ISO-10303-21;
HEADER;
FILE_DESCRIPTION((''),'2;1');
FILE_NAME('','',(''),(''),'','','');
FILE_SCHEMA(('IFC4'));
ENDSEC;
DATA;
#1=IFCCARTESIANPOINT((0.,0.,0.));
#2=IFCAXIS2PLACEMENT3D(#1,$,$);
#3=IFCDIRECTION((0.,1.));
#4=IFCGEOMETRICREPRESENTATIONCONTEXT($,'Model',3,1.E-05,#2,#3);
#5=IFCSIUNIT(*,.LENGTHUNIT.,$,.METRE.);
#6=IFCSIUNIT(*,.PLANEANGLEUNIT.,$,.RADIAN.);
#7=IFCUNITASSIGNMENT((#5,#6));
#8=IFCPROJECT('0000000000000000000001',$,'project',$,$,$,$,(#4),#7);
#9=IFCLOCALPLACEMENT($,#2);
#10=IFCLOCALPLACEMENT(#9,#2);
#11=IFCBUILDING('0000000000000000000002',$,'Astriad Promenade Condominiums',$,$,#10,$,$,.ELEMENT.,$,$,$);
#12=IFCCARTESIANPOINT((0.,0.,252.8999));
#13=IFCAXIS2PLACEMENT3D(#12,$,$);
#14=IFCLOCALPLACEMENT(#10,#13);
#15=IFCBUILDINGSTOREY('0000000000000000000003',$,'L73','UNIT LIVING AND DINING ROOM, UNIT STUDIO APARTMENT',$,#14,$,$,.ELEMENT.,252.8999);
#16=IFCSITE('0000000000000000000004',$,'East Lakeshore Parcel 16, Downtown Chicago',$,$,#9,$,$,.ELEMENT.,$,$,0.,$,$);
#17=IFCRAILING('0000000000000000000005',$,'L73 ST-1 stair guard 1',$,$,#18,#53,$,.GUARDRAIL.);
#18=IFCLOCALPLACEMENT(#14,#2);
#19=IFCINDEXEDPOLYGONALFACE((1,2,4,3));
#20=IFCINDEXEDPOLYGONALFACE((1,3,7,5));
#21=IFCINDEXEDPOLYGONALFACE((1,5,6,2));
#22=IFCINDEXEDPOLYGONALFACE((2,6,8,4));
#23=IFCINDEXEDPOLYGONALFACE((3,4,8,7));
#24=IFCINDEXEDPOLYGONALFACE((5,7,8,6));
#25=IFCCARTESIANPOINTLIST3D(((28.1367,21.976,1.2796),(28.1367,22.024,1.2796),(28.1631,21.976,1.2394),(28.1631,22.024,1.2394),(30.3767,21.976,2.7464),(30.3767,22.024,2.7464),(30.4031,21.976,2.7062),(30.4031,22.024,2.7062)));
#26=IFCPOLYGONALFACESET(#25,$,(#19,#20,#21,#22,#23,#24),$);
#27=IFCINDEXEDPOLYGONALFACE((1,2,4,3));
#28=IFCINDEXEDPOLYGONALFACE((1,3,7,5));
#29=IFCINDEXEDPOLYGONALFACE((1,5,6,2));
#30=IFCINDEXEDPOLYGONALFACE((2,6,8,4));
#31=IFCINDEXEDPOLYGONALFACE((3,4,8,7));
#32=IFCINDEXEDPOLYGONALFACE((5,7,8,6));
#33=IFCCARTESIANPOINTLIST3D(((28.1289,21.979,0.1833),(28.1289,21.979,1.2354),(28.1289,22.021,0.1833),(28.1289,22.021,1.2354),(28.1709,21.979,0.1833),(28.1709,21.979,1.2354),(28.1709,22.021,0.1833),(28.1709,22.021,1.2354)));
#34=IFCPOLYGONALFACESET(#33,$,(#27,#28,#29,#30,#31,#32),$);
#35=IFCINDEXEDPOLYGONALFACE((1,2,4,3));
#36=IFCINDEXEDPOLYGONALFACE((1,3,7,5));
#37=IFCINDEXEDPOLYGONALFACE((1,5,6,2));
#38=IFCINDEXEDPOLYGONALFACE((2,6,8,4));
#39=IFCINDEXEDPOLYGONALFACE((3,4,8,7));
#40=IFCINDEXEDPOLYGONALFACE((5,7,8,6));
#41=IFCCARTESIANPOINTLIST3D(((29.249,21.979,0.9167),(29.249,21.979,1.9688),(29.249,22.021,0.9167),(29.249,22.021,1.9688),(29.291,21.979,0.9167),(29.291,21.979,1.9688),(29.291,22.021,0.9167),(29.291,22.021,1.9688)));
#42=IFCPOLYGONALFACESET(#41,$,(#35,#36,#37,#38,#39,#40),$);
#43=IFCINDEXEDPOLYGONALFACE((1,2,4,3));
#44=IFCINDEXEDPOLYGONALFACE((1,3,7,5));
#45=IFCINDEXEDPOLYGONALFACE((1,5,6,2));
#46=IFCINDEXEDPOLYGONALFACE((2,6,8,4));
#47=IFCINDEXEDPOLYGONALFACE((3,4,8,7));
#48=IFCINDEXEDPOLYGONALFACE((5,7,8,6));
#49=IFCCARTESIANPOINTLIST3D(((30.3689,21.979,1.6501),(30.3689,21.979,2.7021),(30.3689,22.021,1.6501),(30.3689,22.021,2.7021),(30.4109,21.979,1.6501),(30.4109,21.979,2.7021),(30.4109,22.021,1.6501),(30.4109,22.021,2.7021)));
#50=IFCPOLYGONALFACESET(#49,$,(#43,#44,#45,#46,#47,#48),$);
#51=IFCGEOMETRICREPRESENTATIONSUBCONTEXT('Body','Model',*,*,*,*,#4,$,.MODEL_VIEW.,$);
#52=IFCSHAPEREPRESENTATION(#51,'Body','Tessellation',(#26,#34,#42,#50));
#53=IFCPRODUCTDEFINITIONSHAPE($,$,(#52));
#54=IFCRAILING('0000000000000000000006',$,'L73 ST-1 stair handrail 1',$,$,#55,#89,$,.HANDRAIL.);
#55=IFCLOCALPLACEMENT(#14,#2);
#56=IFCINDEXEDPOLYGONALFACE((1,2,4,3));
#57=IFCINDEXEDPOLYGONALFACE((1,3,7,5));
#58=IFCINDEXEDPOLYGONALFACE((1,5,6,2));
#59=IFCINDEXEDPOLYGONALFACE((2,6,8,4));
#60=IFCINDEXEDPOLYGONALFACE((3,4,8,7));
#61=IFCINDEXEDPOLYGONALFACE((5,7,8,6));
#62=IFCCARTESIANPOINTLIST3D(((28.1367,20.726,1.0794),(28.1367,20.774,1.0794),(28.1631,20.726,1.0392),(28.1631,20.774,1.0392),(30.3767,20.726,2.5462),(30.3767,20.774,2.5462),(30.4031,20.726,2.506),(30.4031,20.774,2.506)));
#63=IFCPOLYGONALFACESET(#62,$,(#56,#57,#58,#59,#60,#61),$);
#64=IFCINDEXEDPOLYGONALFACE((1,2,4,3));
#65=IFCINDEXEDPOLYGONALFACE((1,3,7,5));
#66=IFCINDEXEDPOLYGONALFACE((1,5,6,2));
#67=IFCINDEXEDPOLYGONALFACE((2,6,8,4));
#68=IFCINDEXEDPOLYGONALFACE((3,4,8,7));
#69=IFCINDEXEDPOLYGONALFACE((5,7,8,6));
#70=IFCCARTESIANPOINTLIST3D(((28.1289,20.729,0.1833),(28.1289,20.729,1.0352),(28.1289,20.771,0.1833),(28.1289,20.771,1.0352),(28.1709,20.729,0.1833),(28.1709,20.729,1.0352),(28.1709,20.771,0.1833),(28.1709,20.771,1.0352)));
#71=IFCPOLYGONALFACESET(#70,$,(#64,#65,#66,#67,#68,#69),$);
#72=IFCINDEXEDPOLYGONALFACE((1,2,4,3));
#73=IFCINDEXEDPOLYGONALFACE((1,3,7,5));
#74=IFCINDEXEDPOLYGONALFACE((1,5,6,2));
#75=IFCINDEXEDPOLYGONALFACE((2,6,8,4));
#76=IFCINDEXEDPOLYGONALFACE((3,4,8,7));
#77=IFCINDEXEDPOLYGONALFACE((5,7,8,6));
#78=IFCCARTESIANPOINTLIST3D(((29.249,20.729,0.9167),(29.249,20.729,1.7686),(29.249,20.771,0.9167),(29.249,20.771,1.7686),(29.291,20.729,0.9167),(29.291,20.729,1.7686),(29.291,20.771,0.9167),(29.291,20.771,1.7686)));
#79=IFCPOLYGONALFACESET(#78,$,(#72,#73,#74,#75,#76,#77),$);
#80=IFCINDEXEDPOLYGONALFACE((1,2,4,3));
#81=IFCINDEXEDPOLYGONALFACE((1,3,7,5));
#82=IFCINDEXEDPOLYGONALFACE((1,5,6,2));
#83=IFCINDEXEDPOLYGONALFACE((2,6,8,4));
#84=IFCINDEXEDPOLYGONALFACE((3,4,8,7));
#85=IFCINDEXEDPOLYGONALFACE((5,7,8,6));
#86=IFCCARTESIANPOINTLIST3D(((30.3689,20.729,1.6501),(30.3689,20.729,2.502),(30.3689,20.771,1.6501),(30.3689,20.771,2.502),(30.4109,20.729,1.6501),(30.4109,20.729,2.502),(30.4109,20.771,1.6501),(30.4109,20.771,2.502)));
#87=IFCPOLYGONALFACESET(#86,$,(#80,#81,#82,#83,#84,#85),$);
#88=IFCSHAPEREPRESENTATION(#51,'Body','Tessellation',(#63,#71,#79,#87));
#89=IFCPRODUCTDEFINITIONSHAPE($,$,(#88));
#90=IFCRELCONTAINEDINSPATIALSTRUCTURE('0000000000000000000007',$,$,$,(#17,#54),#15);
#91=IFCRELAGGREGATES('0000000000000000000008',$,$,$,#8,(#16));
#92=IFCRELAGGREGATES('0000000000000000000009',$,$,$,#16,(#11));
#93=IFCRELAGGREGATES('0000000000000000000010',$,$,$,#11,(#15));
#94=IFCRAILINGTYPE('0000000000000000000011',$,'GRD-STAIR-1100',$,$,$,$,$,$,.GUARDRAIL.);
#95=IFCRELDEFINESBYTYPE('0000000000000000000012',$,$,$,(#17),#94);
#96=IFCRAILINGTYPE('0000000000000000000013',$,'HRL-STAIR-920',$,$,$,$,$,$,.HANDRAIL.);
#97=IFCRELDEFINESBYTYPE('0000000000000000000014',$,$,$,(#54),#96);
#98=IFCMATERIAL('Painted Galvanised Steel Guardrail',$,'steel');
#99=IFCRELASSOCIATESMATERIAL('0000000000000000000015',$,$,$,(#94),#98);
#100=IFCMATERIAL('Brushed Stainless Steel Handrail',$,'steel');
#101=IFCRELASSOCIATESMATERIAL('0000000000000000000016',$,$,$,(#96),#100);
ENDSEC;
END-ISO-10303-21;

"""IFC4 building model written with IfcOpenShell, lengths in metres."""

from ifc_helpers import new_model, si_unit, direction, frame, origin, origin_2d, place, context, subcontext, project, spatial, rectangle, extrude, source, transform, mapped, material, type_object, element, save


model = new_model("IFC4")

# Units and contexts
model_context = context("Model", 3, precision=1e-05, world=origin(), true_north=direction((0.0, 1.0)))
body_context = subcontext(model_context, "Body", "Model", "MODEL_VIEW")
ifc_project = project(units=[si_unit("LENGTHUNIT", "METRE"), si_unit("PLANEANGLEUNIT", "RADIAN")], contexts=[model_context])

# Site, building, storey
site_placement = place(None, origin())
site = spatial("IfcSite", under=ifc_project, at=site_placement, Name="East Lakeshore Parcel 16, Downtown Chicago", CompositionType="ELEMENT", RefElevation=0.0)
building_placement = place(site_placement, origin())
building = spatial("IfcBuilding", under=site, at=building_placement, Name="Astriad Promenade Condominiums", CompositionType="ELEMENT")
storey_placement = place(building_placement, frame((0.0, 0.0, 252.8999)))
storey = spatial("IfcBuildingStorey", under=building, at=storey_placement, Name="L73", Description="UNIT LIVING AND DINING ROOM, UNIT STUDIO APARTMENT", CompositionType="ELEMENT", Elevation=252.8999)

# Railings
ifc_material_1 = material(Name="Painted Galvanised Steel Guardrail", Category="steel")
railing_type_1 = type_object("IfcRailingType", Name="GRD-STAIR-1100", PredefinedType="GUARDRAIL", material=ifc_material_1)
ifc_material_2 = material(Name="Brushed Stainless Steel Handrail", Category="steel")
railing_type_2 = type_object("IfcRailingType", Name="HRL-STAIR-920", PredefinedType="HANDRAIL", material=ifc_material_2)
shared_shape_1 = source(origin(), body_context, "Body", "SweptSolid", [
    extrude(rectangle(XDim=0.0481, YDim=0.0481, at=origin_2d()), frame((0.0, 0.0, 1.0762), z_axis=(0.836595, 0.0, 0.547822), x_axis=(0.0, 1.0, 0.0)), (0.0, 0.0, 1.0), 2.6775),
    extrude(rectangle(XDim=0.042, YDim=0.042, at=origin_2d()), origin(), (0.0, 0.0, 1.0), 1.052),
    extrude(rectangle(XDim=0.042, YDim=0.042, at=origin_2d()), frame((1.1201, 0.0, 0.7334)), (0.0, 0.0, 1.0), 1.052),
    extrude(rectangle(XDim=0.042, YDim=0.042, at=origin_2d()), frame((2.24, 0.0, 1.4668)), (0.0, 0.0, 1.0), 1.052),
])
railing_1_placement = place(storey_placement, frame((28.1499, 22.0, 0.1833)))
element("IfcRailing", 1, at=railing_1_placement, inside=storey, type_object=railing_type_1, Name="L73 ST-1 stair guard 1", PredefinedType="GUARDRAIL", context=body_context, shape_type="MappedRepresentation", body=[
    mapped(shared_shape_1, transform((0.0, 0.0, 0.0), scale=1.0)),
])
shared_shape_2 = source(origin(), body_context, "Body", "SweptSolid", [
    extrude(rectangle(XDim=0.0481, YDim=0.0481, at=origin_2d()), frame((0.0, 0.0, 0.876), z_axis=(0.836595, 0.0, 0.547822), x_axis=(0.0, 1.0, 0.0)), (0.0, 0.0, 1.0), 2.6775),
    extrude(rectangle(XDim=0.042, YDim=0.042, at=origin_2d()), origin(), (0.0, 0.0, 1.0), 0.8518),
    extrude(rectangle(XDim=0.042, YDim=0.042, at=origin_2d()), frame((1.1201, 0.0, 0.7334)), (0.0, 0.0, 1.0), 0.8518),
    extrude(rectangle(XDim=0.042, YDim=0.042, at=origin_2d()), frame((2.24, 0.0, 1.4668)), (0.0, 0.0, 1.0), 0.8518),
])
railing_2_placement = place(storey_placement, frame((28.1499, 20.75, 0.1833)))
element("IfcRailing", 2, at=railing_2_placement, inside=storey, type_object=railing_type_2, Name="L73 ST-1 stair handrail 1", PredefinedType="HANDRAIL", context=body_context, shape_type="MappedRepresentation", body=[
    mapped(shared_shape_2, transform((0.0, 0.0, 0.0), scale=1.0)),
])

save(model, "model.ifc")
